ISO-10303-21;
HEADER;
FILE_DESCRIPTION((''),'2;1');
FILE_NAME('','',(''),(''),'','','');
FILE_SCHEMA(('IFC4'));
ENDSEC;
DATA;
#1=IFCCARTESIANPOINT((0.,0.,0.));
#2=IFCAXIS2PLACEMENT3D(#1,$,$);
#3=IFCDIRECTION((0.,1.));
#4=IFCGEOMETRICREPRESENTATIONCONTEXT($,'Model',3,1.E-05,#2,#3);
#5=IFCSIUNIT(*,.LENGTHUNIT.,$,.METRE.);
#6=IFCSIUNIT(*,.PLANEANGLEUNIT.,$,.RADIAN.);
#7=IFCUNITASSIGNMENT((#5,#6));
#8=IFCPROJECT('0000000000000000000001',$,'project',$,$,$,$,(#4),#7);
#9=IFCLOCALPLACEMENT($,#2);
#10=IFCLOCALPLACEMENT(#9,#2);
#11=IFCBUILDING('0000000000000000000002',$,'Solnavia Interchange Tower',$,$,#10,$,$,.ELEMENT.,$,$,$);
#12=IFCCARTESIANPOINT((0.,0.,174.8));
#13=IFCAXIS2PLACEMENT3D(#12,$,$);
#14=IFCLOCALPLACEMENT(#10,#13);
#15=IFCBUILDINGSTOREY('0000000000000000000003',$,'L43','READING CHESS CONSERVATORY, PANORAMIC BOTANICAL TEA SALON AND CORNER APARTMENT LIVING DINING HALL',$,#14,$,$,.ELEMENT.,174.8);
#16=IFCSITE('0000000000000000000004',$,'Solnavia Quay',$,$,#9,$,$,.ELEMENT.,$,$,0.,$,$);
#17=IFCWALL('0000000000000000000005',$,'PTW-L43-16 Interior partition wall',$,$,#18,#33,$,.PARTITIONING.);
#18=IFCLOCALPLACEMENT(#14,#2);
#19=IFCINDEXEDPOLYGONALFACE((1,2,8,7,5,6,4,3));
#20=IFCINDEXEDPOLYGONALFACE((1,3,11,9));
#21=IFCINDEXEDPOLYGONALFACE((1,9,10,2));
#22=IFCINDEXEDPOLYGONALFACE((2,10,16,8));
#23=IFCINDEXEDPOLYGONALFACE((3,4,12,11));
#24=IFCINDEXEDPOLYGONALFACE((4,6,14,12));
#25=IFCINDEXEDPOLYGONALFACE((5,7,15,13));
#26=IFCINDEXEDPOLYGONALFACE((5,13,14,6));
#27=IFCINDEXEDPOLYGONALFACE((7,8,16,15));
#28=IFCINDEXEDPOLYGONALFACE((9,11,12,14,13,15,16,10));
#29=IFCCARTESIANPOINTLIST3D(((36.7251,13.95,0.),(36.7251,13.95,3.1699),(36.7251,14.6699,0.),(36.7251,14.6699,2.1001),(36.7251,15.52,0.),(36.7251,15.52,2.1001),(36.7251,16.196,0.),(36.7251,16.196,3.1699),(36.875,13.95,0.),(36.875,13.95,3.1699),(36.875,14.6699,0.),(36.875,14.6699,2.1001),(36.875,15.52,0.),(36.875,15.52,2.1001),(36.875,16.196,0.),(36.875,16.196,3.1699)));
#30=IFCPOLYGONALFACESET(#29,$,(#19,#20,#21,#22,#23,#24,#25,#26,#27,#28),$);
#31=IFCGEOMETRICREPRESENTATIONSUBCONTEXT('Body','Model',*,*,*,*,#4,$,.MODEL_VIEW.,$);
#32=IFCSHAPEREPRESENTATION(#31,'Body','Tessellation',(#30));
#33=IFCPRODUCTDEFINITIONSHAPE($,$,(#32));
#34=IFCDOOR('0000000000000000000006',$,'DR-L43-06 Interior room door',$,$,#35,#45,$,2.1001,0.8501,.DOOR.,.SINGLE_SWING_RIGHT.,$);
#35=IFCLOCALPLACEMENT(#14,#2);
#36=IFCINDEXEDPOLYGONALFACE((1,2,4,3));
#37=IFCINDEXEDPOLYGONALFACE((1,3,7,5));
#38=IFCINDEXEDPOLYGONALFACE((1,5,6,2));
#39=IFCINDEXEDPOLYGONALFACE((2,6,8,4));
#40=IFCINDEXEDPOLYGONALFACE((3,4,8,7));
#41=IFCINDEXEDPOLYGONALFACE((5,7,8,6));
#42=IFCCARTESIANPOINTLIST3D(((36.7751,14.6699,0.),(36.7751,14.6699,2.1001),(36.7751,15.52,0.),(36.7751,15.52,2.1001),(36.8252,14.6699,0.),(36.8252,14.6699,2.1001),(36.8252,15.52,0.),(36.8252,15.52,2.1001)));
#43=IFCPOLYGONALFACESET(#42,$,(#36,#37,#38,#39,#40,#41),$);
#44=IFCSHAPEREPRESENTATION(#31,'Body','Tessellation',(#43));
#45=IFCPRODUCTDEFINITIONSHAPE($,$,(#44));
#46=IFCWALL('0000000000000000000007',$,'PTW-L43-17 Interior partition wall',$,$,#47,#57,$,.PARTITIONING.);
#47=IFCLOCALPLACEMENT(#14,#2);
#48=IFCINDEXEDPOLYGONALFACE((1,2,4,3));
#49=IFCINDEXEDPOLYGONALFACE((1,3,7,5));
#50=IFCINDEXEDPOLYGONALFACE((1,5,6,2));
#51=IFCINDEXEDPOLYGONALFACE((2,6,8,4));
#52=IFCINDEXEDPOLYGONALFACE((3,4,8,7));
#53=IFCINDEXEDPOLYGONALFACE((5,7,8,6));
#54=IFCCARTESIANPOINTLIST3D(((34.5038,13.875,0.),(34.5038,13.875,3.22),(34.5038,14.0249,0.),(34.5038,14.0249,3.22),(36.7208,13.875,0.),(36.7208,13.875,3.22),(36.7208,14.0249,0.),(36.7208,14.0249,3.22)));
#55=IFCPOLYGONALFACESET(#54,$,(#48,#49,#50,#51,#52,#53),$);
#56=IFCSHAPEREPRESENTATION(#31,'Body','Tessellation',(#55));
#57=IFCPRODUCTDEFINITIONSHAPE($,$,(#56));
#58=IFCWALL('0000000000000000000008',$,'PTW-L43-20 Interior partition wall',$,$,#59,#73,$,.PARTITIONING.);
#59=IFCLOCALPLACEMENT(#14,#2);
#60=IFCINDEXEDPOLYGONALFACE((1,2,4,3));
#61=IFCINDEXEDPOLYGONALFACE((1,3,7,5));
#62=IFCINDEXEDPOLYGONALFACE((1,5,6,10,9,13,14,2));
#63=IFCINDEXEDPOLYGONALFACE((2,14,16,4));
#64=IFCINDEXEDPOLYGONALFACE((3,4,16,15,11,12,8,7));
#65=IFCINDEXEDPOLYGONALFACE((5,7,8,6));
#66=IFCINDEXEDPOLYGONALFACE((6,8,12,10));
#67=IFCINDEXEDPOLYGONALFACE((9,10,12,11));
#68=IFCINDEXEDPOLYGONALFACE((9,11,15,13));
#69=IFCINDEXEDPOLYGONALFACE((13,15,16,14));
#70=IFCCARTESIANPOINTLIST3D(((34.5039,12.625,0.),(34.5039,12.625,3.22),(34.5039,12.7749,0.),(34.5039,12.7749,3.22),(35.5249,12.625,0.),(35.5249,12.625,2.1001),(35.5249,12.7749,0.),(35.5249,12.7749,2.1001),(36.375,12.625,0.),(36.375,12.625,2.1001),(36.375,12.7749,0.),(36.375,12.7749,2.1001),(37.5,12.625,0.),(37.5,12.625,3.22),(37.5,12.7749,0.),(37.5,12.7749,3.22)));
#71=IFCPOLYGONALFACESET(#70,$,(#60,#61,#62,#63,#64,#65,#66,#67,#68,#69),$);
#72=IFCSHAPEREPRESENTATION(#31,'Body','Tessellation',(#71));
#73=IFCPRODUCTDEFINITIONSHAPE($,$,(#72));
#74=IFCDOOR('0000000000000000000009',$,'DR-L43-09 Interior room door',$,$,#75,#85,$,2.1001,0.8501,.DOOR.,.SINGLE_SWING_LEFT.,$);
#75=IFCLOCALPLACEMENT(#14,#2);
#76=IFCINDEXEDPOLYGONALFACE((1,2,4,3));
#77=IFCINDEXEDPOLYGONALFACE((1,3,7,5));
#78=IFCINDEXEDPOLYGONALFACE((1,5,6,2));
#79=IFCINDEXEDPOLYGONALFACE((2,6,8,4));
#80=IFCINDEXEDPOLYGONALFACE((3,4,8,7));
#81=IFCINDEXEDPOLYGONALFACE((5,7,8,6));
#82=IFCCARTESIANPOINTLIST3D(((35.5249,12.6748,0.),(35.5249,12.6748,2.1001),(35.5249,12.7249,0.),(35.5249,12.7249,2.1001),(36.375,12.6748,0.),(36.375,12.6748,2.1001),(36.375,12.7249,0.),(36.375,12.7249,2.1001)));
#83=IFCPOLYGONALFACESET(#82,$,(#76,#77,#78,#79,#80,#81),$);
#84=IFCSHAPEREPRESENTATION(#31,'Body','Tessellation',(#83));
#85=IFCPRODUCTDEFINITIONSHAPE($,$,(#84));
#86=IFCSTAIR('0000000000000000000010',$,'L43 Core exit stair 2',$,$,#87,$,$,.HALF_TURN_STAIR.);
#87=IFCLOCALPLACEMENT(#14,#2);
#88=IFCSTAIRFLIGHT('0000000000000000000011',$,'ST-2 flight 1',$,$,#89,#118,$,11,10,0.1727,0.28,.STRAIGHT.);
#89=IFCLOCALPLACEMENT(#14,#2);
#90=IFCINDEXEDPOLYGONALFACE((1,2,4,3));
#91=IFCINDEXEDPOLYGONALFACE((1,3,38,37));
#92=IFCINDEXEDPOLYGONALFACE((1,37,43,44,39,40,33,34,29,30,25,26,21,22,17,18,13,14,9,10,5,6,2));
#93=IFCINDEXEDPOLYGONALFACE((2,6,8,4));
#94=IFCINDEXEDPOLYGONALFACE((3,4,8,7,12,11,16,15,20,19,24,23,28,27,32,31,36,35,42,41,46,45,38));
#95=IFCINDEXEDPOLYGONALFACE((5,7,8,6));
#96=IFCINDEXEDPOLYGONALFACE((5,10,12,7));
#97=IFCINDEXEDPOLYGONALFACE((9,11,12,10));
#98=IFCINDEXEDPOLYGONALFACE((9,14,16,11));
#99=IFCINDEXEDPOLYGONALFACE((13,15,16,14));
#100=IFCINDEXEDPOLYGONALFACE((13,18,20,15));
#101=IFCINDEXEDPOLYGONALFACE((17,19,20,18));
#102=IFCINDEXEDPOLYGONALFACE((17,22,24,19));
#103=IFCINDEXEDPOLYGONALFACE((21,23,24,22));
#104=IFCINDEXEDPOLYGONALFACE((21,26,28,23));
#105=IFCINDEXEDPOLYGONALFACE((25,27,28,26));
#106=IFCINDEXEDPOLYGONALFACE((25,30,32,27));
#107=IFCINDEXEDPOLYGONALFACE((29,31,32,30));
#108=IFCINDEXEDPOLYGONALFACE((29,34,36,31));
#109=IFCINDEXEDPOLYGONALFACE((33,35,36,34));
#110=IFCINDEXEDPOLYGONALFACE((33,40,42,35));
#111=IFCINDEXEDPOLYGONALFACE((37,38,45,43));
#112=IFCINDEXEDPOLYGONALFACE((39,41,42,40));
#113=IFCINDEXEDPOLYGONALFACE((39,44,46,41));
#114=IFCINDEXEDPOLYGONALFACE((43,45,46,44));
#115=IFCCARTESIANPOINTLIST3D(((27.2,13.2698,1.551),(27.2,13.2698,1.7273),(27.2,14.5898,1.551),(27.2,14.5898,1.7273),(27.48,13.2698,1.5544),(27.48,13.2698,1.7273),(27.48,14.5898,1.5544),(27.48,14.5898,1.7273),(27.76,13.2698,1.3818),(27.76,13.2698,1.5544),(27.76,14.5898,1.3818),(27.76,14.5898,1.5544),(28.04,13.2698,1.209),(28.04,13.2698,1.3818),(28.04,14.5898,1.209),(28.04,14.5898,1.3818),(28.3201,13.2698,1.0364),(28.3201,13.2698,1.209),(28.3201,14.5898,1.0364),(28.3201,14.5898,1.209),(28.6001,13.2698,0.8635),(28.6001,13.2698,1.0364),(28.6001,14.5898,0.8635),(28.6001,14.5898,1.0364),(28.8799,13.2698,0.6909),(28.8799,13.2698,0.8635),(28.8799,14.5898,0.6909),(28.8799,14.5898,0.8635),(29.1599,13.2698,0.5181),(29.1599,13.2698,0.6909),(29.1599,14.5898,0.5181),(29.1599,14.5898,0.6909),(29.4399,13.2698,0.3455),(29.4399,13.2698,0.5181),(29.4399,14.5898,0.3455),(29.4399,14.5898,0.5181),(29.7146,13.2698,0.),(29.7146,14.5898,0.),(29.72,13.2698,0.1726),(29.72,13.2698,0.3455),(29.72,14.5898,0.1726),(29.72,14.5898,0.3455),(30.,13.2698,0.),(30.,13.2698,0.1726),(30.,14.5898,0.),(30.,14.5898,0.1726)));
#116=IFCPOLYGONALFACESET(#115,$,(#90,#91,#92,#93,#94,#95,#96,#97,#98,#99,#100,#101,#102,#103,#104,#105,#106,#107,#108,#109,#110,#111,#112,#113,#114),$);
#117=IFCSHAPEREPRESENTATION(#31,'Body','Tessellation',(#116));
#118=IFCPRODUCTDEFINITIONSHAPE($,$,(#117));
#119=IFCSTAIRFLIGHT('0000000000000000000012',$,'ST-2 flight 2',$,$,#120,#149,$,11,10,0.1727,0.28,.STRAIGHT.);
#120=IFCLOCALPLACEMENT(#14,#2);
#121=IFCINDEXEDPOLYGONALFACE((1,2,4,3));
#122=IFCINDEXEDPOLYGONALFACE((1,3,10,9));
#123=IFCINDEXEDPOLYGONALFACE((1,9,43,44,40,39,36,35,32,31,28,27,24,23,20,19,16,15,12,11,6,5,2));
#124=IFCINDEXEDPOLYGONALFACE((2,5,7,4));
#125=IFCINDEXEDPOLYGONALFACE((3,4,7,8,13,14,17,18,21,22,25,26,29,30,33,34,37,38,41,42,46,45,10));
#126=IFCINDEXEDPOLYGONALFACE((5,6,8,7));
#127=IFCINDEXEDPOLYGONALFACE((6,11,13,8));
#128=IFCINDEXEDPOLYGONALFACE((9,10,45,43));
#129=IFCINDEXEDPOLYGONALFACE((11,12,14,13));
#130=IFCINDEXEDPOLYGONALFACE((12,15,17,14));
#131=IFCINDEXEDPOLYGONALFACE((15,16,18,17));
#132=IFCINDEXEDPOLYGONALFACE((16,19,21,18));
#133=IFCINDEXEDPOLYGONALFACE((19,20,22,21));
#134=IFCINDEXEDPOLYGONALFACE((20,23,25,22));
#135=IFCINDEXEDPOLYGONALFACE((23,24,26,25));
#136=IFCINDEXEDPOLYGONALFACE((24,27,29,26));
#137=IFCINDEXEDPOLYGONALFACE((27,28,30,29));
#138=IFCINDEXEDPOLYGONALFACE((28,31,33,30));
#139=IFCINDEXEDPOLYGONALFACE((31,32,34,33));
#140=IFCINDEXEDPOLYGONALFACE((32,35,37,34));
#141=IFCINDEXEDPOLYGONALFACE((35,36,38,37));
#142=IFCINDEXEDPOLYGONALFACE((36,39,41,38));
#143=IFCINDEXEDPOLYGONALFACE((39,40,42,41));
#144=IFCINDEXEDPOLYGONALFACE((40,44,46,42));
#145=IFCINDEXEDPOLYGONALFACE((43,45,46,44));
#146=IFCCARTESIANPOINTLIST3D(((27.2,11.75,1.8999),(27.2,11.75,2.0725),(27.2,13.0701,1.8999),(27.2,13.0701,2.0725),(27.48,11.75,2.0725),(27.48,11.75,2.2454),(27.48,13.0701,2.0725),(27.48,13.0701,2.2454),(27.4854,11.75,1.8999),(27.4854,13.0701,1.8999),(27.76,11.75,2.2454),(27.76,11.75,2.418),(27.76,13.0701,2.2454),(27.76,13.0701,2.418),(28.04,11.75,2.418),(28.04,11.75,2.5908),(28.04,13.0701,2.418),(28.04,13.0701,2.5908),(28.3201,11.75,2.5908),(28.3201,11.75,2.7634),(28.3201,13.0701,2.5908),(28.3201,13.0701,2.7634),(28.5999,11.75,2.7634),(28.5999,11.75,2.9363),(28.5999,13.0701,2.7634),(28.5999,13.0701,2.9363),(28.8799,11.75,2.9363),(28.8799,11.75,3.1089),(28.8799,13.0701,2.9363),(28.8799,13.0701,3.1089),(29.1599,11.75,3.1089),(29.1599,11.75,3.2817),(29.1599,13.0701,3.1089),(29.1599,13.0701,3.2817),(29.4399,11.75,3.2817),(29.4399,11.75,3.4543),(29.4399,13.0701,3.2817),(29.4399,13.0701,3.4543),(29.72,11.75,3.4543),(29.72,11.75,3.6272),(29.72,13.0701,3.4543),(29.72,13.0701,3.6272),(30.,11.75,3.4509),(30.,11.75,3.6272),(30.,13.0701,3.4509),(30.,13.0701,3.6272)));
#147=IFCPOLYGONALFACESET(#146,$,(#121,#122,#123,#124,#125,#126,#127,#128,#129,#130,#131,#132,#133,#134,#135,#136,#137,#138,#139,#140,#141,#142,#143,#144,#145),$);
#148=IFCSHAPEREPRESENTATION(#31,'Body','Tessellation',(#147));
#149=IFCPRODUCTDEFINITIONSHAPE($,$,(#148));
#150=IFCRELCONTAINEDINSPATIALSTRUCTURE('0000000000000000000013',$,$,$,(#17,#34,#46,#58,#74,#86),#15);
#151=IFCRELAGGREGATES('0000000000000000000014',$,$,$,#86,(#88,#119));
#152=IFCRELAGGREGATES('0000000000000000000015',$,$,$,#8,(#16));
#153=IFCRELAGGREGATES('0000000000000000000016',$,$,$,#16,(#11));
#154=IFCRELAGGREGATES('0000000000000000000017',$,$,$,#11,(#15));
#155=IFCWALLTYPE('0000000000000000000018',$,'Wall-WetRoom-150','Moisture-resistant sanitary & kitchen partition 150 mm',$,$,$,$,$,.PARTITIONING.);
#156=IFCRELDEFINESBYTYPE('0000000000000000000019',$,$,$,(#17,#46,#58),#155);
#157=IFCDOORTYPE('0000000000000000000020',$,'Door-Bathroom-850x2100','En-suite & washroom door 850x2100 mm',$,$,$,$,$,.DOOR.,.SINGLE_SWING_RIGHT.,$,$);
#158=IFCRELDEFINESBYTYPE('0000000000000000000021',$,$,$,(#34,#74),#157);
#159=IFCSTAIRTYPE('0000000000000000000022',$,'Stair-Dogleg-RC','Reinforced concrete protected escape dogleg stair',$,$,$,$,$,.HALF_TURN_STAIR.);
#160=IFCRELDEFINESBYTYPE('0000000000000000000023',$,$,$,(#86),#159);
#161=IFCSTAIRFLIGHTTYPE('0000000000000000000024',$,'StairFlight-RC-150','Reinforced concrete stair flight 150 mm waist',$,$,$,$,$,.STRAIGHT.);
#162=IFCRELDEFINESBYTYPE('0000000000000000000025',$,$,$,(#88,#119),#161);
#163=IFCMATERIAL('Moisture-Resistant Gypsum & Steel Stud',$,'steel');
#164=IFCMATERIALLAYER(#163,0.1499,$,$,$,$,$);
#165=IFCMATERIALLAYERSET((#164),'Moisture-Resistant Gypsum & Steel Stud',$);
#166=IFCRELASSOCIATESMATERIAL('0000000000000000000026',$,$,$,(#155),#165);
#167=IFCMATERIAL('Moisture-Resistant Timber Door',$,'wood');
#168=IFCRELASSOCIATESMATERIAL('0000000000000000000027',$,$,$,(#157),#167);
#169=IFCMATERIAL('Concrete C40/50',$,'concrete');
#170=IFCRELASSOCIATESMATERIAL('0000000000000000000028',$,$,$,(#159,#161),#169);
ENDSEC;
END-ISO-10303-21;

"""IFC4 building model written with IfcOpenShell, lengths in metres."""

from ifc_helpers import new_model, si_unit, direction, frame, frame_2d, origin, place, context, subcontext, project, spatial, polyline, rectangle, outline, extrude, material, layer, layer_set, type_object, element, fill, aggregate, save


model = new_model("IFC4")

# Units and contexts
model_context = context("Model", 3, precision=1e-05, world=origin(), true_north=direction((0.0, 1.0)))
body_context = subcontext(model_context, "Body", "Model", "MODEL_VIEW")
ifc_project = project(units=[si_unit("LENGTHUNIT", "METRE"), si_unit("PLANEANGLEUNIT", "RADIAN")], contexts=[model_context])

# Site, building, storey
site_placement = place(None, origin())
site = spatial("IfcSite", under=ifc_project, at=site_placement, Name="Solnavia Quay", CompositionType="ELEMENT", RefElevation=0.0)
building_placement = place(site_placement, origin())
building = spatial("IfcBuilding", under=site, at=building_placement, Name="Solnavia Interchange Tower", CompositionType="ELEMENT")
storey_placement = place(building_placement, frame((0.0, 0.0, 174.8)))
storey = spatial("IfcBuildingStorey", under=building, at=storey_placement, Name="L43", Description="READING CHESS CONSERVATORY, PANORAMIC BOTANICAL TEA SALON AND CORNER APARTMENT LIVING DINING HALL", CompositionType="ELEMENT", Elevation=174.8)

# Wall, opening, door
ifc_material_1 = material(Name="Moisture-Resistant Gypsum & Steel Stud", Category="steel")
ifc_layer_1 = layer(ifc_material_1, 0.1499)
ifc_layer_set_1 = layer_set([ifc_layer_1], Name="Moisture-Resistant Gypsum & Steel Stud")
wall_type_1 = type_object("IfcWallType", Name="Wall-WetRoom-150", Description="Moisture-resistant sanitary & kitchen partition 150 mm", PredefinedType="PARTITIONING", material=ifc_layer_set_1)
wall_1_placement = place(storey_placement, frame((36.8, 13.95, 0.0), z_axis=(0.0, 0.0, 1.0), x_axis=(0.0, 1.0, 0.0)))
wall_1 = element("IfcWall", 1, at=wall_1_placement, inside=storey, type_object=wall_type_1, Name="PTW-L43-16 Interior partition wall", PredefinedType="PARTITIONING", context=body_context, shape_type="SweptSolid", body=[
    extrude(rectangle(XDim=2.2461, YDim=0.1499, at=frame_2d((1.123, 0.0))), origin(), (0.0, 0.0, 1.0), 3.1699),
])
opening_1_placement = place(wall_1_placement, frame((0.72, 0.0, 0.0)))
opening_1 = element("IfcOpeningElement", 2, at=opening_1_placement, cuts=wall_1, PredefinedType="OPENING", context=body_context, shape_type="SweptSolid", body=[
    extrude(rectangle(XDim=0.8501, YDim=2.1001, at=frame_2d((0.425, 1.05))), frame((0.0, 0.085, 0.0), z_axis=(0.0, -1.0, 0.0), x_axis=(1.0, 0.0, 0.0)), (0.0, 0.0, 1.0), 0.1699),
])
ifc_material_2 = material(Name="Moisture-Resistant Timber Door", Category="wood")
door_type_1 = type_object("IfcDoorType", Name="Door-Bathroom-850x2100", Description="En-suite & washroom door 850x2100 mm", OperationType="SINGLE_SWING_RIGHT", PredefinedType="DOOR", material=ifc_material_2)
door_1_placement = place(opening_1_placement, origin())
door_1 = element("IfcDoor", 3, at=door_1_placement, inside=storey, type_object=door_type_1, Name="DR-L43-06 Interior room door", OperationType="SINGLE_SWING_RIGHT", OverallHeight=2.1001, OverallWidth=0.8501, PredefinedType="DOOR", context=body_context, shape_type="SweptSolid", body=[
    extrude(rectangle(XDim=0.8501, YDim=2.1001, at=frame_2d((0.425, 1.05))), frame((0.0, 0.0249, 0.0), z_axis=(0.0, -1.0, 0.0), x_axis=(1.0, 0.0, 0.0)), (0.0, 0.0, 1.0), 0.05),
])
fill(opening_1, door_1)

# Wall
wall_2_placement = place(storey_placement, frame((34.5039, 13.95, 0.0), z_axis=(0.0, 0.0, 1.0), x_axis=(1.0, 0.0, 0.0)))
element("IfcWall", 4, at=wall_2_placement, inside=storey, type_object=wall_type_1, Name="PTW-L43-17 Interior partition wall", PredefinedType="PARTITIONING", context=body_context, shape_type="SweptSolid", body=[
    extrude(rectangle(XDim=2.217, YDim=0.1499, at=frame_2d((1.1084, 0.0))), origin(), (0.0, 0.0, 1.0), 3.22),
])

# Wall, opening, door
wall_3_placement = place(storey_placement, frame((34.5039, 12.7, 0.0), z_axis=(0.0, 0.0, 1.0), x_axis=(1.0, 0.0, 0.0)))
wall_3 = element("IfcWall", 5, at=wall_3_placement, inside=storey, type_object=wall_type_1, Name="PTW-L43-20 Interior partition wall", PredefinedType="PARTITIONING", context=body_context, shape_type="SweptSolid", body=[
    extrude(rectangle(XDim=2.9961, YDim=0.1499, at=frame_2d((1.498, 0.0))), origin(), (0.0, 0.0, 1.0), 3.22),
])
opening_2_placement = place(wall_3_placement, frame((1.021, 0.0, 0.0)))
opening_2 = element("IfcOpeningElement", 6, at=opening_2_placement, cuts=wall_3, PredefinedType="OPENING", context=body_context, shape_type="SweptSolid", body=[
    extrude(rectangle(XDim=0.8501, YDim=2.1001, at=frame_2d((0.425, 1.05))), frame((0.0, 0.085, 0.0), z_axis=(0.0, -1.0, 0.0), x_axis=(1.0, 0.0, 0.0)), (0.0, 0.0, 1.0), 0.1699),
])
door_2_placement = place(opening_2_placement, origin())
door_2 = element("IfcDoor", 7, at=door_2_placement, inside=storey, type_object=door_type_1, Name="DR-L43-09 Interior room door", OperationType="SINGLE_SWING_LEFT", OverallHeight=2.1001, OverallWidth=0.8501, PredefinedType="DOOR", context=body_context, shape_type="SweptSolid", body=[
    extrude(rectangle(XDim=0.8501, YDim=2.1001, at=frame_2d((0.425, 1.05))), frame((0.0, 0.0249, 0.0), z_axis=(0.0, -1.0, 0.0), x_axis=(1.0, 0.0, 0.0)), (0.0, 0.0, 1.0), 0.05),
])
fill(opening_2, door_2)

# Stair, stair flights
ifc_material_3 = material(Name="Concrete C40/50", Category="concrete")
stair_type = type_object("IfcStairType", Name="Stair-Dogleg-RC", Description="Reinforced concrete protected escape dogleg stair", PredefinedType="HALF_TURN_STAIR", material=ifc_material_3)
stair_placement = place(storey_placement, origin())
stair = element("IfcStair", 8, at=stair_placement, inside=storey, type_object=stair_type, Name="L43 Core exit stair 2", PredefinedType="HALF_TURN_STAIR")
stair_flight_type = type_object("IfcStairFlightType", Name="StairFlight-RC-150", Description="Reinforced concrete stair flight 150 mm waist", PredefinedType="STRAIGHT", material=ifc_material_3)
stair_flight_1_placement = place(storey_placement, frame((30.0, 13.9299, 0.0), z_axis=(0.0, 0.0, 1.0), x_axis=(-1.0, 0.0, 0.0)))
stair_flight_1 = element("IfcStairFlight", 9, at=stair_flight_1_placement, type_object=stair_flight_type, Name="ST-2 flight 1", NumberOfRisers=11, NumberOfTreads=10, PredefinedType="STRAIGHT", RiserHeight=0.1727, TreadLength=0.28, context=body_context, shape_type="SweptSolid", body=[
    extrude(outline(polyline([(0.0, 0.0), (0.0, 0.1726), (0.28, 0.1726), (0.28, 0.3455), (0.5601, 0.3455), (0.5601, 0.5181), (0.8401, 0.5181), (0.8401, 0.6909), (1.1201, 0.6909), (1.1201, 0.8635), (1.3999, 0.8635), (1.3999, 1.0364), (1.6799, 1.0364), (1.6799, 1.209), (1.96, 1.209), (1.96, 1.3818), (2.24, 1.3818), (2.24, 1.5544), (2.52, 1.5544), (2.52, 1.7273), (2.8, 1.7273), (2.8, 1.8999), (2.8, 1.551), (0.2854, 0.0), (0.0, 0.0)])), frame((0.0, 0.6602, 0.0), z_axis=(0.0, -1.0, 0.0), x_axis=(1.0, 0.0, 0.0)), (0.0, 0.0, 1.0), 1.3201),
])
stair_flight_2_placement = place(storey_placement, frame((27.2, 12.4099, 1.8999), z_axis=(0.0, 0.0, 1.0), x_axis=(1.0, 0.0, 0.0)))
stair_flight_2 = element("IfcStairFlight", 10, at=stair_flight_2_placement, type_object=stair_flight_type, Name="ST-2 flight 2", NumberOfRisers=11, NumberOfTreads=10, PredefinedType="STRAIGHT", RiserHeight=0.1727, TreadLength=0.28, context=body_context, shape_type="SweptSolid", body=[
    extrude(outline(polyline([(0.0, 0.0), (0.0, 0.1726), (0.28, 0.1726), (0.28, 0.3455), (0.5601, 0.3455), (0.5601, 0.5181), (0.8401, 0.5181), (0.8401, 0.6909), (1.1201, 0.6909), (1.1201, 0.8635), (1.3999, 0.8635), (1.3999, 1.0364), (1.6799, 1.0364), (1.6799, 1.209), (1.96, 1.209), (1.96, 1.3818), (2.24, 1.3818), (2.24, 1.5544), (2.52, 1.5544), (2.52, 1.7273), (2.8, 1.7273), (2.8, 1.8999), (2.8, 1.551), (0.2854, 0.0), (0.0, 0.0)])), frame((0.0, 0.6602, 0.0), z_axis=(0.0, -1.0, 0.0), x_axis=(1.0, 0.0, 0.0)), (0.0, 0.0, 1.0), 1.3201),
])
aggregate(stair, [stair_flight_1, stair_flight_2])

save(model, "model.ifc")
